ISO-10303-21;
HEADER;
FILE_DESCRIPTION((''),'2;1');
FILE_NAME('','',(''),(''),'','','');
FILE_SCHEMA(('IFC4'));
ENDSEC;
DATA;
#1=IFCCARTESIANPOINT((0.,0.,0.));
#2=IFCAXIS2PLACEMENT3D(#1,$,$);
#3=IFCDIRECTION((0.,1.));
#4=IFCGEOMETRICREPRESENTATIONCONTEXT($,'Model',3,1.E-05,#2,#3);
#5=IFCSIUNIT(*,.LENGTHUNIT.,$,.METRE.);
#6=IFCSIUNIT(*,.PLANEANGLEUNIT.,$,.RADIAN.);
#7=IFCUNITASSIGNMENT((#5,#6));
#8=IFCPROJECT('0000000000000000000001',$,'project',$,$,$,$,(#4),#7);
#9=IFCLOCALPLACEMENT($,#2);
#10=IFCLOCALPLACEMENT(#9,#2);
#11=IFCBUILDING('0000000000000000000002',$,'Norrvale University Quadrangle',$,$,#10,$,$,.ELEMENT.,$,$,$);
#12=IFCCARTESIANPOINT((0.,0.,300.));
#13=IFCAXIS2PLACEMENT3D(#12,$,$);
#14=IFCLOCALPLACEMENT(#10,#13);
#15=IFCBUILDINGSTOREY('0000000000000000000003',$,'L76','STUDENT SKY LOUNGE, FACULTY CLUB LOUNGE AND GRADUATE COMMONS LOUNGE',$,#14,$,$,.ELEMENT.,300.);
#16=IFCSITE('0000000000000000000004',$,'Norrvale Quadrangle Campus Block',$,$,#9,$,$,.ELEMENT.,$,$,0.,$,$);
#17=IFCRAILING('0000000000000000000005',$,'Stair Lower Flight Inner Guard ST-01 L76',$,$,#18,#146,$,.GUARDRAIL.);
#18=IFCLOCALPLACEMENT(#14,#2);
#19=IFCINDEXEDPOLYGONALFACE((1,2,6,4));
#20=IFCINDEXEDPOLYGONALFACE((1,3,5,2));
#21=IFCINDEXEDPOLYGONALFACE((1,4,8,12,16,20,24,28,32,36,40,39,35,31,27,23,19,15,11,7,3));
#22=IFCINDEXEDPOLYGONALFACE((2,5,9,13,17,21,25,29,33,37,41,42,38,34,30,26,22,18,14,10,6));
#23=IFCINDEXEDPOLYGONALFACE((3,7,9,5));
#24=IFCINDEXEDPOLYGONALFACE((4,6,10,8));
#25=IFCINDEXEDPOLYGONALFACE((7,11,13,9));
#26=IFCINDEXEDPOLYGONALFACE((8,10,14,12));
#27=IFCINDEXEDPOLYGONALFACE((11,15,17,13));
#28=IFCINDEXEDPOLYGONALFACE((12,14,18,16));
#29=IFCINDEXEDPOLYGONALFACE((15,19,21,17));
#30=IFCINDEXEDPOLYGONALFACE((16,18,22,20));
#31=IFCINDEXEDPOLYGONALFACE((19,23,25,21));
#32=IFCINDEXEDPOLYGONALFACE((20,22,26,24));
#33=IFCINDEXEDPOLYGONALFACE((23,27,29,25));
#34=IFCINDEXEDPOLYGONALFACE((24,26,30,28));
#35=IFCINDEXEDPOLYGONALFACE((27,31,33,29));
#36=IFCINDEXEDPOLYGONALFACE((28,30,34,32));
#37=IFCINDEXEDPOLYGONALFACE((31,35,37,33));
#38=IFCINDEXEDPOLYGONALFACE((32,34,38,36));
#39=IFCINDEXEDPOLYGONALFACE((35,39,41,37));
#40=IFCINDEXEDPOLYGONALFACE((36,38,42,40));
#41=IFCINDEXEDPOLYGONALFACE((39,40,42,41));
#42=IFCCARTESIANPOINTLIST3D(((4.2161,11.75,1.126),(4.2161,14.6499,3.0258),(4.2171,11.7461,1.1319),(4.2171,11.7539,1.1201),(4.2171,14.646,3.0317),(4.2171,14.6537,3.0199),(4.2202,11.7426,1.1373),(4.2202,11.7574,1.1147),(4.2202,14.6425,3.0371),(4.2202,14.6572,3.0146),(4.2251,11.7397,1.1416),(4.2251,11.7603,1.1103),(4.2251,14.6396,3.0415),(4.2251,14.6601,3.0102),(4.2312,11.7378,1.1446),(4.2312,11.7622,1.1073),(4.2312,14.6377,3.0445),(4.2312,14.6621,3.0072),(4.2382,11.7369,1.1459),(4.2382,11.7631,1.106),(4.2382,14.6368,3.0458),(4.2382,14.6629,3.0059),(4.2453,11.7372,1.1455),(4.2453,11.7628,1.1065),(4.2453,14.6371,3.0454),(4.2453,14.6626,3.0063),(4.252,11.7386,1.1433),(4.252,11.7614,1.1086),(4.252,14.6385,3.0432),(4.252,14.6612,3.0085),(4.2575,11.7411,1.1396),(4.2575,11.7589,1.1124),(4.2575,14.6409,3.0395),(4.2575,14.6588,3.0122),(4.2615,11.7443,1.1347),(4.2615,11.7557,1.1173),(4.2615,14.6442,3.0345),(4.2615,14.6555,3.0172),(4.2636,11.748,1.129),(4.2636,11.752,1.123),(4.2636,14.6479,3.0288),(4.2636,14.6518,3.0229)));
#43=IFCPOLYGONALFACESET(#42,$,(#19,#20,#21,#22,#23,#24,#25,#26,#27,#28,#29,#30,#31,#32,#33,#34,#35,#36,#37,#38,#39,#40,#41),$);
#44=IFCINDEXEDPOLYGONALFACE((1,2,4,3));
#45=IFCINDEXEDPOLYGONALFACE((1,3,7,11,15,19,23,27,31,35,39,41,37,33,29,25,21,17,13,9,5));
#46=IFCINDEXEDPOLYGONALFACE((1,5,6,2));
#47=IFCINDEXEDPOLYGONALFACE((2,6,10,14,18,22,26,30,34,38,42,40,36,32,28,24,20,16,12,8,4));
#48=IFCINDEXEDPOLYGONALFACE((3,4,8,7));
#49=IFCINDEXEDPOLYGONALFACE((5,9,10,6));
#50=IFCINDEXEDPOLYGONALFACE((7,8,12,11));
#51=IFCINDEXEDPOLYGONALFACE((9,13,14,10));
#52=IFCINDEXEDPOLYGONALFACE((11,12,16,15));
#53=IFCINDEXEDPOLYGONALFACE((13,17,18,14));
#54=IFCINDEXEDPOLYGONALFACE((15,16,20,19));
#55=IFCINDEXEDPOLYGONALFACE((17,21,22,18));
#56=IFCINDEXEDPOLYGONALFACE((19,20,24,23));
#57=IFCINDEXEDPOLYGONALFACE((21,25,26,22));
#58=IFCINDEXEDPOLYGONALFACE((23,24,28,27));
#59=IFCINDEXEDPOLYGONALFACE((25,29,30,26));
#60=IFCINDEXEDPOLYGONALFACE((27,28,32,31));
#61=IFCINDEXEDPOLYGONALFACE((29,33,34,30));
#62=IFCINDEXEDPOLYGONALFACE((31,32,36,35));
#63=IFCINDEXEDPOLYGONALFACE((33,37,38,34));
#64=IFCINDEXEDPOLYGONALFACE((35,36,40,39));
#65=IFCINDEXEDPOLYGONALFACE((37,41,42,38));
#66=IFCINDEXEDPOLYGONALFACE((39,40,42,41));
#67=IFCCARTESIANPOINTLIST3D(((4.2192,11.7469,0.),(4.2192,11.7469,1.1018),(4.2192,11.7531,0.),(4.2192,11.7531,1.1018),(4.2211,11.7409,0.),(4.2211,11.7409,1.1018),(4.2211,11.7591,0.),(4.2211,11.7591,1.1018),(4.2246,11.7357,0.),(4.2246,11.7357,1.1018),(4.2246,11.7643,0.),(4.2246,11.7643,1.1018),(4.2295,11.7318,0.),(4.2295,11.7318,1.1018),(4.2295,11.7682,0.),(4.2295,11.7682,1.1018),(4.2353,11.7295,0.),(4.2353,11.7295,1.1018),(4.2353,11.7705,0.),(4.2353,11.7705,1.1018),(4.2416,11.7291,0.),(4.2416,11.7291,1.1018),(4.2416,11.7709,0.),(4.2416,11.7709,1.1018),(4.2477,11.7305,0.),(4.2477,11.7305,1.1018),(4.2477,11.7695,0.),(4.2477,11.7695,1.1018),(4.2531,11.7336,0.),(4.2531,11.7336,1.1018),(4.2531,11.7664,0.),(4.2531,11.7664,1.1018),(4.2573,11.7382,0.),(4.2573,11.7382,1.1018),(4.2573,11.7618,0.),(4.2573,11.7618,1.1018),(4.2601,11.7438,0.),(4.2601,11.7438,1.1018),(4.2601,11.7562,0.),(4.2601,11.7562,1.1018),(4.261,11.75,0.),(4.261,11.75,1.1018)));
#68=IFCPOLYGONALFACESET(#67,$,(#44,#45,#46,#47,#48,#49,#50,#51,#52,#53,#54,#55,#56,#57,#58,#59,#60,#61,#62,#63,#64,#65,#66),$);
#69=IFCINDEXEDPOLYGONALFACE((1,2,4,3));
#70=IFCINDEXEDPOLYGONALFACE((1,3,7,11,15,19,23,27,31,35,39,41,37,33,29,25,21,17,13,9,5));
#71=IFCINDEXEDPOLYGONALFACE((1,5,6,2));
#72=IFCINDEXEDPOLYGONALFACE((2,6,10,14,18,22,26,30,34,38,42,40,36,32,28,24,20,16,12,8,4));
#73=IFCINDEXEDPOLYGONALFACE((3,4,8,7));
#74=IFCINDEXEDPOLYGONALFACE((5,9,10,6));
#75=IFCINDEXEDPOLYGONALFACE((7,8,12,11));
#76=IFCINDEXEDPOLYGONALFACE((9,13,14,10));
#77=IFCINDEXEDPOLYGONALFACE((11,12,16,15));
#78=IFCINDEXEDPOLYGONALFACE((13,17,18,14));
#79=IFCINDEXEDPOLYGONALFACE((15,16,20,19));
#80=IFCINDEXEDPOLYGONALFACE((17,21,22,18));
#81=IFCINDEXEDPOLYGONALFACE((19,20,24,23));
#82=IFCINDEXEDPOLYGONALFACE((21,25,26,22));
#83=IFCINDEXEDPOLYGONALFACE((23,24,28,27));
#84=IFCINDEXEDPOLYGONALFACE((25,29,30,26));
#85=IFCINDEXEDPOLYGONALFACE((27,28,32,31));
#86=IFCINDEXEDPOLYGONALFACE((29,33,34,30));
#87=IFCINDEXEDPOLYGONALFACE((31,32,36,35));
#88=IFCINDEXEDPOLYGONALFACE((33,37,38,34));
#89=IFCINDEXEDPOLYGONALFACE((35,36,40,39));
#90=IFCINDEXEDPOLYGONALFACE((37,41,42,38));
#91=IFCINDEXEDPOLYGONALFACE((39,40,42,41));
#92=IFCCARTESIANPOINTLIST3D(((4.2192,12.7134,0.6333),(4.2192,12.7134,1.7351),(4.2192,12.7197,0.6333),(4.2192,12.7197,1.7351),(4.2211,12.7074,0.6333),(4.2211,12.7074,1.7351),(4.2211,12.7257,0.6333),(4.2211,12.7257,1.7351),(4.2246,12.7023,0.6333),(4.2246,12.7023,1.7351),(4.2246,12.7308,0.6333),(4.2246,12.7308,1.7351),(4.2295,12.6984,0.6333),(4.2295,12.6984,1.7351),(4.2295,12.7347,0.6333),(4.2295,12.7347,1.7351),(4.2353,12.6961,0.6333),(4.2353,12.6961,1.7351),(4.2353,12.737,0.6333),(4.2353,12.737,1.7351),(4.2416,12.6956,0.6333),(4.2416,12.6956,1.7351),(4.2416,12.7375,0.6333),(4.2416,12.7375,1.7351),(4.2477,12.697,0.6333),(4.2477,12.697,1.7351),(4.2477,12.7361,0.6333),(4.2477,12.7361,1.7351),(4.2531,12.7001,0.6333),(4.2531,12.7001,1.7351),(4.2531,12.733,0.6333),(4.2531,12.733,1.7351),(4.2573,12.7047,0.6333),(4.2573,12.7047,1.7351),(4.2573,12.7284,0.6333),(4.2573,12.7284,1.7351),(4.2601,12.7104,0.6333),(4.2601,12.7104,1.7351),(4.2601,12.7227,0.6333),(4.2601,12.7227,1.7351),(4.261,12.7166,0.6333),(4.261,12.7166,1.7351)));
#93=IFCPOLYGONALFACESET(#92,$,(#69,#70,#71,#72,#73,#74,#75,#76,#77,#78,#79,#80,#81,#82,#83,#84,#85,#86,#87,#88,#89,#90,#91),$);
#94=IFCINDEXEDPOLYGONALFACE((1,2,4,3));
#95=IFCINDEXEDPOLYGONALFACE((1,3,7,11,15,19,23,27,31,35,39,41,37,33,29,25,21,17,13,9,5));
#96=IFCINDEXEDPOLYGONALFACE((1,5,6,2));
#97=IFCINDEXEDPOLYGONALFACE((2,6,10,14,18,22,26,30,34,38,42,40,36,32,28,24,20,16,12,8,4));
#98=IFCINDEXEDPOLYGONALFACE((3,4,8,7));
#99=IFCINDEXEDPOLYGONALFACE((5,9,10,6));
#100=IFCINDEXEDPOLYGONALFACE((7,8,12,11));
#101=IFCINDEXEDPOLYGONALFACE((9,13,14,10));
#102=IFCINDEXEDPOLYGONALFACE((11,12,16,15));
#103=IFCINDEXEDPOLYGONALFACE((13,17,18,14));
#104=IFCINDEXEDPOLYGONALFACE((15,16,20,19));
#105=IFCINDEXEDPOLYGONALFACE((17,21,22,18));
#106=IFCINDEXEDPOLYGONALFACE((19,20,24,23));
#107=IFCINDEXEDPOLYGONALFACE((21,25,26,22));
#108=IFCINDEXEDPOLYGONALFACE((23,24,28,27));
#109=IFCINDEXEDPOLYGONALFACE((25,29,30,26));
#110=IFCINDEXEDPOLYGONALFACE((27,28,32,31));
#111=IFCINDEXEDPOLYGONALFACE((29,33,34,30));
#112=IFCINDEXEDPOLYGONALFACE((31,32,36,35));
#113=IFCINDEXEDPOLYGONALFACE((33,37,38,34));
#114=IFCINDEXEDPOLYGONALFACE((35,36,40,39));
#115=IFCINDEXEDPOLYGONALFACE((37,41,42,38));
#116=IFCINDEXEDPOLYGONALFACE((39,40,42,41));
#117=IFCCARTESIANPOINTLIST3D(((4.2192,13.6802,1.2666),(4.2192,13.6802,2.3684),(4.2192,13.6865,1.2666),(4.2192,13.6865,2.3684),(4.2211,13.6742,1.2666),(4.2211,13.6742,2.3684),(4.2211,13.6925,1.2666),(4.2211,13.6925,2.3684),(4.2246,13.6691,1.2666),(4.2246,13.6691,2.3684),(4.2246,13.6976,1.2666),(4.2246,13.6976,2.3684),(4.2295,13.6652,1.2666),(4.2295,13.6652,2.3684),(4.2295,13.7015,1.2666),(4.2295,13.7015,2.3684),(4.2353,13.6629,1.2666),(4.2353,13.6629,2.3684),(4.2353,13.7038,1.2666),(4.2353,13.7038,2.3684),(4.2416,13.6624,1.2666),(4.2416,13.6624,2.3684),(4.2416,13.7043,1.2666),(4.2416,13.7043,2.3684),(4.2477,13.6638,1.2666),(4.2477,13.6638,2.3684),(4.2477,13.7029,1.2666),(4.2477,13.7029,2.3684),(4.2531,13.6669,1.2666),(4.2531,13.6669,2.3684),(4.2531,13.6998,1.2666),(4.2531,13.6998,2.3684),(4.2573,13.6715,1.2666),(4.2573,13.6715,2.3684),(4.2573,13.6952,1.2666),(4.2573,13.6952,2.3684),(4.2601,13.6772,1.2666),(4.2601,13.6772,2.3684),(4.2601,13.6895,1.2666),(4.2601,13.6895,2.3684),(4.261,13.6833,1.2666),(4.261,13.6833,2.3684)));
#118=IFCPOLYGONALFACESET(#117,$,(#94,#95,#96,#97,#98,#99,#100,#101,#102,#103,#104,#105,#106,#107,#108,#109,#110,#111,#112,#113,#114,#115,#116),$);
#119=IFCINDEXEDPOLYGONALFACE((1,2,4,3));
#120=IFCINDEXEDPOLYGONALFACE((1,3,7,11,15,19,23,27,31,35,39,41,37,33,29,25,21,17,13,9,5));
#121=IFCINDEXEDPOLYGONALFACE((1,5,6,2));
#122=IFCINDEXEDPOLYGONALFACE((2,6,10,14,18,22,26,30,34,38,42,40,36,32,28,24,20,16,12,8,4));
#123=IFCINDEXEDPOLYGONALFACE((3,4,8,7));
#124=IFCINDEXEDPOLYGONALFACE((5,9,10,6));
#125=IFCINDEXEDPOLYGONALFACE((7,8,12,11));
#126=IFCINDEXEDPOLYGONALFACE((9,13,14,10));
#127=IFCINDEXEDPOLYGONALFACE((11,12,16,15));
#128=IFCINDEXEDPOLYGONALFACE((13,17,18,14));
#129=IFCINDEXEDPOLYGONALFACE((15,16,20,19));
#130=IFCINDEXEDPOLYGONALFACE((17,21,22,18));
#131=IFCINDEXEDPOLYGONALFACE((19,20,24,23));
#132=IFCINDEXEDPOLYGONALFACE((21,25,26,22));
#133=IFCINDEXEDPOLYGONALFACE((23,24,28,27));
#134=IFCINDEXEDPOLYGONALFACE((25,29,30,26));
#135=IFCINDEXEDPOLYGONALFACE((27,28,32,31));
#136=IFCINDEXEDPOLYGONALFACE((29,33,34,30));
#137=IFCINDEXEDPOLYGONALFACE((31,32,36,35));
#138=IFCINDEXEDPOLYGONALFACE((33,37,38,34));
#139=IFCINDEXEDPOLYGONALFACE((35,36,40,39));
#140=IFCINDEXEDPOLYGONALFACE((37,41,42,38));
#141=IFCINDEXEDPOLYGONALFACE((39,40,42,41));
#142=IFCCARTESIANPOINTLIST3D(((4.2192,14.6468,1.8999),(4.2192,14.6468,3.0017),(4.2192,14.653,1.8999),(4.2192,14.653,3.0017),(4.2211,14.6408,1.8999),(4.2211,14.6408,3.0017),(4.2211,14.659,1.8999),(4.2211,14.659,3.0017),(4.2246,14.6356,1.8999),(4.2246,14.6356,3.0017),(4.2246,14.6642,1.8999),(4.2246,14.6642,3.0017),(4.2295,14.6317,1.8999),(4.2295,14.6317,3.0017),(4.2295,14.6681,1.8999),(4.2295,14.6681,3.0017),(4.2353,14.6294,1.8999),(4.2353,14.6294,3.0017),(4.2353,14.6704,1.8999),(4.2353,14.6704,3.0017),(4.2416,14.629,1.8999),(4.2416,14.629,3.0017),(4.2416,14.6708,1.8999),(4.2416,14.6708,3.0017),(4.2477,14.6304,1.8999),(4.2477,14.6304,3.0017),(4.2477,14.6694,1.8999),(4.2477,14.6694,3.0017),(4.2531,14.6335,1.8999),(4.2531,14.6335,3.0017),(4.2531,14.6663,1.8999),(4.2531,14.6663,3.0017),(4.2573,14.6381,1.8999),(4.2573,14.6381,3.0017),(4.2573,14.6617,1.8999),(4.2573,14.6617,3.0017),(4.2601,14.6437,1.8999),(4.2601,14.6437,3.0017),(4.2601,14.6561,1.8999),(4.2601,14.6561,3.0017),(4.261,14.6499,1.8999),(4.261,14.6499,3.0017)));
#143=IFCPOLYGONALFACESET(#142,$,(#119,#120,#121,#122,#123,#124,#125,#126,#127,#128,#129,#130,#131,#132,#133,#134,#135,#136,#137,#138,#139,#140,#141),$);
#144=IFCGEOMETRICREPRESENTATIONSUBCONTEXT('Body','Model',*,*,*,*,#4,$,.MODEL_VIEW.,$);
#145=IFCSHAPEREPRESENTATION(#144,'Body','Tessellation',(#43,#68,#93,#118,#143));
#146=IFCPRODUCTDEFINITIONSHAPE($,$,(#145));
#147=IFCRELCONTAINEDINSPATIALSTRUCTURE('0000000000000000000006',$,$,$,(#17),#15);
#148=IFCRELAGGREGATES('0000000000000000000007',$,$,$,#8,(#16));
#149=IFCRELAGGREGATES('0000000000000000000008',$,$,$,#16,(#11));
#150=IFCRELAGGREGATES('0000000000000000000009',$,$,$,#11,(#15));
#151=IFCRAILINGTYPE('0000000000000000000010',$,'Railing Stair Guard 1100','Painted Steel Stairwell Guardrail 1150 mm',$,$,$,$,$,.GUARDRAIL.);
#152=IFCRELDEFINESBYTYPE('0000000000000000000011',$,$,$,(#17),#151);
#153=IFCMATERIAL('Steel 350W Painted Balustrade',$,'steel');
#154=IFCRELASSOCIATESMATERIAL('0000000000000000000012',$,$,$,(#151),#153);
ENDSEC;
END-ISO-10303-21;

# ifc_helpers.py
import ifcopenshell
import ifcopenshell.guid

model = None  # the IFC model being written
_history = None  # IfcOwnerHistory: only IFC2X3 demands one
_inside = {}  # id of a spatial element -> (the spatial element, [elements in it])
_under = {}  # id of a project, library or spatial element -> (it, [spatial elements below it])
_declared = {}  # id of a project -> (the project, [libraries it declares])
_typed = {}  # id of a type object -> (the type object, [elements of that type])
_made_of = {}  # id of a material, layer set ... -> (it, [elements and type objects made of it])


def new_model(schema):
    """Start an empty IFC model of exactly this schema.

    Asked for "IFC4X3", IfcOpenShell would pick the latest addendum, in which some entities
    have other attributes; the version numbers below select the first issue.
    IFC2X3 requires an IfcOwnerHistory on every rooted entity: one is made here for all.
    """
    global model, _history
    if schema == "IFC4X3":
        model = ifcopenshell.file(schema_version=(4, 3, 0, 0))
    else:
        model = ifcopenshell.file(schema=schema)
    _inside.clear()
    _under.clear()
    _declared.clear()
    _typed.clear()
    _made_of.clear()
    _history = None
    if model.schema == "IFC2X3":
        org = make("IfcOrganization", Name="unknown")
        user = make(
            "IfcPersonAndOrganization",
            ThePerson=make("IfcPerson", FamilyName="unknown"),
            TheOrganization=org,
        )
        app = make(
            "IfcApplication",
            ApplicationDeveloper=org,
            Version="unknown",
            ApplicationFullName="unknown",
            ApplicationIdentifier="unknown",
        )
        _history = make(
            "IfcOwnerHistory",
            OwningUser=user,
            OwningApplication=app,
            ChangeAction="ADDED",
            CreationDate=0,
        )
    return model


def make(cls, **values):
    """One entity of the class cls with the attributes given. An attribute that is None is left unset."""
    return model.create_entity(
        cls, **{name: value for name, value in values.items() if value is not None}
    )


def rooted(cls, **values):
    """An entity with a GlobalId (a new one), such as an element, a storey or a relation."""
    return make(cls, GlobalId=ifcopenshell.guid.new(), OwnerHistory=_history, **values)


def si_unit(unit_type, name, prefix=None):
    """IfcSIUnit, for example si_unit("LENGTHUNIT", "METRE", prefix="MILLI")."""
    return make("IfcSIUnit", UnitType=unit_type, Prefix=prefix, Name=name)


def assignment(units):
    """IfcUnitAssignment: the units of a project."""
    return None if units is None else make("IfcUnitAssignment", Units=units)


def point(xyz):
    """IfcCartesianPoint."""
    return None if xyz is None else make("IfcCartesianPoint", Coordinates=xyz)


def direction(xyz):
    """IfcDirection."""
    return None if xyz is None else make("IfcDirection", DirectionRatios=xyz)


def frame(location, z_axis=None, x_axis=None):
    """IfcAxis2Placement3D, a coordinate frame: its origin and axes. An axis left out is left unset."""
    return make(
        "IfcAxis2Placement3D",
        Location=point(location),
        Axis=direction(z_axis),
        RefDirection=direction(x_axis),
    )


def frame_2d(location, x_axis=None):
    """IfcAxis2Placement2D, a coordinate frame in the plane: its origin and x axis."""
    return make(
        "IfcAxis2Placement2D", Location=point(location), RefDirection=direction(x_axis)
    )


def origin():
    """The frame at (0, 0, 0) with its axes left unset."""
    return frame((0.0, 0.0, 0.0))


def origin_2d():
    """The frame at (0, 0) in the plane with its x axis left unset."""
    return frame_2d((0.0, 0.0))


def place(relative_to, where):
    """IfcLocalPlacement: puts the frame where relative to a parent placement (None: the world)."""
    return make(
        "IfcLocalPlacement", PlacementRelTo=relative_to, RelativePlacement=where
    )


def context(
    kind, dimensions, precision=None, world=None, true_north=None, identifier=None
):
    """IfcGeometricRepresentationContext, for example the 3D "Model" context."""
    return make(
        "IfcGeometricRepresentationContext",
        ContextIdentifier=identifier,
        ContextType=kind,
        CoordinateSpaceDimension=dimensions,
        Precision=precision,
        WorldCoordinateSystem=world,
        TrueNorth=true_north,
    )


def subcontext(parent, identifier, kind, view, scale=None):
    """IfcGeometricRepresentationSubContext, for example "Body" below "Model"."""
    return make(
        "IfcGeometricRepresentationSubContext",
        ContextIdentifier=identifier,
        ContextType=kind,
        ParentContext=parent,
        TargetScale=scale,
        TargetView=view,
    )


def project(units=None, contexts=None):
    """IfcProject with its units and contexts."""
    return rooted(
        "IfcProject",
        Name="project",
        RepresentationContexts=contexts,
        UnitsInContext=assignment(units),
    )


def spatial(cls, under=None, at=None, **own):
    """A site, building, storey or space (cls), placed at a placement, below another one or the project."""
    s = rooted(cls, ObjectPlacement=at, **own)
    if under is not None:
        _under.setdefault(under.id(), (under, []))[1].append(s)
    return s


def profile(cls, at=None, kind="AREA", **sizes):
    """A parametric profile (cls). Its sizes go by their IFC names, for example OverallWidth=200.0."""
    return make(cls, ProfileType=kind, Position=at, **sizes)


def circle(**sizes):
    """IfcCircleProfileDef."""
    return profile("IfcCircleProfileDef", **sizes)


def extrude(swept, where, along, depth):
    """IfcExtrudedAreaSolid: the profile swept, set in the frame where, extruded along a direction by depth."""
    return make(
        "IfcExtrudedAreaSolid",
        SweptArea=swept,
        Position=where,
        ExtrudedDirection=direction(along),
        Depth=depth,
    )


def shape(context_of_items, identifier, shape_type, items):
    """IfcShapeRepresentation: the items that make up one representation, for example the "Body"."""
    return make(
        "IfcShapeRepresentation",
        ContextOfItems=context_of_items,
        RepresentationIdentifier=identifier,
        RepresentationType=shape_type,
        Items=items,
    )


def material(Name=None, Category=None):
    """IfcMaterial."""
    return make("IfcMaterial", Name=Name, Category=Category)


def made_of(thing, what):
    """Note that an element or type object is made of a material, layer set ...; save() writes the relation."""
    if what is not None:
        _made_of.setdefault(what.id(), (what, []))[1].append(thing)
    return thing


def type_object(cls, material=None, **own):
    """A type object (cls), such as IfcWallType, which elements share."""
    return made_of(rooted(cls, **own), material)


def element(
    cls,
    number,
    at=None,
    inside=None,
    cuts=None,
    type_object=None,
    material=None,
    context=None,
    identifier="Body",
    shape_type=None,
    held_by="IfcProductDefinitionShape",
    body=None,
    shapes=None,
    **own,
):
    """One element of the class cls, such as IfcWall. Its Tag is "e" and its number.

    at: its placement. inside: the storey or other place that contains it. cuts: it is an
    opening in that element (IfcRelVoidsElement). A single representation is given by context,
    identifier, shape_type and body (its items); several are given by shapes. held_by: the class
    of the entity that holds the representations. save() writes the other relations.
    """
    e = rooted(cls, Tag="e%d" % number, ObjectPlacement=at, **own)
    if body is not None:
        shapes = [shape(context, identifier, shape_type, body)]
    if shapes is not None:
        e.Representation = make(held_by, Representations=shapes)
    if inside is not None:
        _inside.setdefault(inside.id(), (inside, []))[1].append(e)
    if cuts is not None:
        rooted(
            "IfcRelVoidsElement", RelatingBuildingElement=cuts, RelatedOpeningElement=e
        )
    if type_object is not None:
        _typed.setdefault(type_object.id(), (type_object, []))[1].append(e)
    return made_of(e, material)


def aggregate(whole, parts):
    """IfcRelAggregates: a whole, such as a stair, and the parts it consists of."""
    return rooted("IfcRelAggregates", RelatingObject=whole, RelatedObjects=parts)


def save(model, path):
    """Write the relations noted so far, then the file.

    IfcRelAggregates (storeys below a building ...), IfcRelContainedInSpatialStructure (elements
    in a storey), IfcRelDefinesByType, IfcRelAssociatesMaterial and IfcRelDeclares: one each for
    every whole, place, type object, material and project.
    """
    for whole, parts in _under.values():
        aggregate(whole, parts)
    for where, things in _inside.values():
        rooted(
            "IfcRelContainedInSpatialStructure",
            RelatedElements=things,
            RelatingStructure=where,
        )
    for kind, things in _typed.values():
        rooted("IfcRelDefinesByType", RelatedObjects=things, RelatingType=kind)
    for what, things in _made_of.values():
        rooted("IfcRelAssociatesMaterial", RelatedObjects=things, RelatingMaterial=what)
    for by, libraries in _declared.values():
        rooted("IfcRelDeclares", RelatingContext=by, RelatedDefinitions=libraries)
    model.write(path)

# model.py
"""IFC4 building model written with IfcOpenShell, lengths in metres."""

from ifc_helpers import new_model, si_unit, direction, frame, origin, origin_2d, place, context, subcontext, project, spatial, circle, extrude, material, type_object, element, save


model = new_model("IFC4")

# Units and contexts
model_context = context("Model", 3, precision=1e-05, world=origin(), true_north=direction((0.0, 1.0)))
body_context = subcontext(model_context, "Body", "Model", "MODEL_VIEW")
ifc_project = project(units=[si_unit("LENGTHUNIT", "METRE"), si_unit("PLANEANGLEUNIT", "RADIAN")], contexts=[model_context])

# Site, building, storey
site_placement = place(None, origin())
site = spatial("IfcSite", under=ifc_project, at=site_placement, Name="Norrvale Quadrangle Campus Block", CompositionType="ELEMENT", RefElevation=0.0)
building_placement = place(site_placement, origin())
building = spatial("IfcBuilding", under=site, at=building_placement, Name="Norrvale University Quadrangle", CompositionType="ELEMENT")
storey_placement = place(building_placement, frame((0.0, 0.0, 300.0)))
storey = spatial("IfcBuildingStorey", under=building, at=storey_placement, Name="L76", Description="STUDENT SKY LOUNGE, FACULTY CLUB LOUNGE AND GRADUATE COMMONS LOUNGE", CompositionType="ELEMENT", Elevation=300.0)

# Railing
ifc_material_1 = material(Name="Steel 350W Painted Balustrade", Category="steel")
railing_type_1 = type_object("IfcRailingType", Name="Railing Stair Guard 1100", Description="Painted Steel Stairwell Guardrail 1150 mm", PredefinedType="GUARDRAIL", material=ifc_material_1)
railing_1_placement = place(storey_placement, frame((4.24, 11.75, 0.0)))
element("IfcRailing", 1, at=railing_1_placement, inside=storey, type_object=railing_type_1, Name="Stair Lower Flight Inner Guard ST-01 L76", PredefinedType="GUARDRAIL", context=body_context, shape_type="SweptSolid", body=[
    extrude(circle(Radius=0.0239, at=origin_2d()), frame((0.0, 0.0, 1.126), z_axis=(0.0, 0.836466, 0.548019), x_axis=(-1.0, 0.0, 0.0)), (0.0, 0.0, 1.0), 3.4668),
    extrude(circle(Radius=0.021, at=origin_2d()), origin(), (0.0, 0.0, 1.0), 1.1018),
    extrude(circle(Radius=0.021, at=origin_2d()), frame((0.0, 0.9666, 0.6333)), (0.0, 0.0, 1.0), 1.1018),
    extrude(circle(Radius=0.021, at=origin_2d()), frame((0.0, 1.9333, 1.2666)), (0.0, 0.0, 1.0), 1.1018),
    extrude(circle(Radius=0.021, at=origin_2d()), frame((0.0, 2.8999, 1.8999)), (0.0, 0.0, 1.0), 1.1018),
])

save(model, "model.ifc")
